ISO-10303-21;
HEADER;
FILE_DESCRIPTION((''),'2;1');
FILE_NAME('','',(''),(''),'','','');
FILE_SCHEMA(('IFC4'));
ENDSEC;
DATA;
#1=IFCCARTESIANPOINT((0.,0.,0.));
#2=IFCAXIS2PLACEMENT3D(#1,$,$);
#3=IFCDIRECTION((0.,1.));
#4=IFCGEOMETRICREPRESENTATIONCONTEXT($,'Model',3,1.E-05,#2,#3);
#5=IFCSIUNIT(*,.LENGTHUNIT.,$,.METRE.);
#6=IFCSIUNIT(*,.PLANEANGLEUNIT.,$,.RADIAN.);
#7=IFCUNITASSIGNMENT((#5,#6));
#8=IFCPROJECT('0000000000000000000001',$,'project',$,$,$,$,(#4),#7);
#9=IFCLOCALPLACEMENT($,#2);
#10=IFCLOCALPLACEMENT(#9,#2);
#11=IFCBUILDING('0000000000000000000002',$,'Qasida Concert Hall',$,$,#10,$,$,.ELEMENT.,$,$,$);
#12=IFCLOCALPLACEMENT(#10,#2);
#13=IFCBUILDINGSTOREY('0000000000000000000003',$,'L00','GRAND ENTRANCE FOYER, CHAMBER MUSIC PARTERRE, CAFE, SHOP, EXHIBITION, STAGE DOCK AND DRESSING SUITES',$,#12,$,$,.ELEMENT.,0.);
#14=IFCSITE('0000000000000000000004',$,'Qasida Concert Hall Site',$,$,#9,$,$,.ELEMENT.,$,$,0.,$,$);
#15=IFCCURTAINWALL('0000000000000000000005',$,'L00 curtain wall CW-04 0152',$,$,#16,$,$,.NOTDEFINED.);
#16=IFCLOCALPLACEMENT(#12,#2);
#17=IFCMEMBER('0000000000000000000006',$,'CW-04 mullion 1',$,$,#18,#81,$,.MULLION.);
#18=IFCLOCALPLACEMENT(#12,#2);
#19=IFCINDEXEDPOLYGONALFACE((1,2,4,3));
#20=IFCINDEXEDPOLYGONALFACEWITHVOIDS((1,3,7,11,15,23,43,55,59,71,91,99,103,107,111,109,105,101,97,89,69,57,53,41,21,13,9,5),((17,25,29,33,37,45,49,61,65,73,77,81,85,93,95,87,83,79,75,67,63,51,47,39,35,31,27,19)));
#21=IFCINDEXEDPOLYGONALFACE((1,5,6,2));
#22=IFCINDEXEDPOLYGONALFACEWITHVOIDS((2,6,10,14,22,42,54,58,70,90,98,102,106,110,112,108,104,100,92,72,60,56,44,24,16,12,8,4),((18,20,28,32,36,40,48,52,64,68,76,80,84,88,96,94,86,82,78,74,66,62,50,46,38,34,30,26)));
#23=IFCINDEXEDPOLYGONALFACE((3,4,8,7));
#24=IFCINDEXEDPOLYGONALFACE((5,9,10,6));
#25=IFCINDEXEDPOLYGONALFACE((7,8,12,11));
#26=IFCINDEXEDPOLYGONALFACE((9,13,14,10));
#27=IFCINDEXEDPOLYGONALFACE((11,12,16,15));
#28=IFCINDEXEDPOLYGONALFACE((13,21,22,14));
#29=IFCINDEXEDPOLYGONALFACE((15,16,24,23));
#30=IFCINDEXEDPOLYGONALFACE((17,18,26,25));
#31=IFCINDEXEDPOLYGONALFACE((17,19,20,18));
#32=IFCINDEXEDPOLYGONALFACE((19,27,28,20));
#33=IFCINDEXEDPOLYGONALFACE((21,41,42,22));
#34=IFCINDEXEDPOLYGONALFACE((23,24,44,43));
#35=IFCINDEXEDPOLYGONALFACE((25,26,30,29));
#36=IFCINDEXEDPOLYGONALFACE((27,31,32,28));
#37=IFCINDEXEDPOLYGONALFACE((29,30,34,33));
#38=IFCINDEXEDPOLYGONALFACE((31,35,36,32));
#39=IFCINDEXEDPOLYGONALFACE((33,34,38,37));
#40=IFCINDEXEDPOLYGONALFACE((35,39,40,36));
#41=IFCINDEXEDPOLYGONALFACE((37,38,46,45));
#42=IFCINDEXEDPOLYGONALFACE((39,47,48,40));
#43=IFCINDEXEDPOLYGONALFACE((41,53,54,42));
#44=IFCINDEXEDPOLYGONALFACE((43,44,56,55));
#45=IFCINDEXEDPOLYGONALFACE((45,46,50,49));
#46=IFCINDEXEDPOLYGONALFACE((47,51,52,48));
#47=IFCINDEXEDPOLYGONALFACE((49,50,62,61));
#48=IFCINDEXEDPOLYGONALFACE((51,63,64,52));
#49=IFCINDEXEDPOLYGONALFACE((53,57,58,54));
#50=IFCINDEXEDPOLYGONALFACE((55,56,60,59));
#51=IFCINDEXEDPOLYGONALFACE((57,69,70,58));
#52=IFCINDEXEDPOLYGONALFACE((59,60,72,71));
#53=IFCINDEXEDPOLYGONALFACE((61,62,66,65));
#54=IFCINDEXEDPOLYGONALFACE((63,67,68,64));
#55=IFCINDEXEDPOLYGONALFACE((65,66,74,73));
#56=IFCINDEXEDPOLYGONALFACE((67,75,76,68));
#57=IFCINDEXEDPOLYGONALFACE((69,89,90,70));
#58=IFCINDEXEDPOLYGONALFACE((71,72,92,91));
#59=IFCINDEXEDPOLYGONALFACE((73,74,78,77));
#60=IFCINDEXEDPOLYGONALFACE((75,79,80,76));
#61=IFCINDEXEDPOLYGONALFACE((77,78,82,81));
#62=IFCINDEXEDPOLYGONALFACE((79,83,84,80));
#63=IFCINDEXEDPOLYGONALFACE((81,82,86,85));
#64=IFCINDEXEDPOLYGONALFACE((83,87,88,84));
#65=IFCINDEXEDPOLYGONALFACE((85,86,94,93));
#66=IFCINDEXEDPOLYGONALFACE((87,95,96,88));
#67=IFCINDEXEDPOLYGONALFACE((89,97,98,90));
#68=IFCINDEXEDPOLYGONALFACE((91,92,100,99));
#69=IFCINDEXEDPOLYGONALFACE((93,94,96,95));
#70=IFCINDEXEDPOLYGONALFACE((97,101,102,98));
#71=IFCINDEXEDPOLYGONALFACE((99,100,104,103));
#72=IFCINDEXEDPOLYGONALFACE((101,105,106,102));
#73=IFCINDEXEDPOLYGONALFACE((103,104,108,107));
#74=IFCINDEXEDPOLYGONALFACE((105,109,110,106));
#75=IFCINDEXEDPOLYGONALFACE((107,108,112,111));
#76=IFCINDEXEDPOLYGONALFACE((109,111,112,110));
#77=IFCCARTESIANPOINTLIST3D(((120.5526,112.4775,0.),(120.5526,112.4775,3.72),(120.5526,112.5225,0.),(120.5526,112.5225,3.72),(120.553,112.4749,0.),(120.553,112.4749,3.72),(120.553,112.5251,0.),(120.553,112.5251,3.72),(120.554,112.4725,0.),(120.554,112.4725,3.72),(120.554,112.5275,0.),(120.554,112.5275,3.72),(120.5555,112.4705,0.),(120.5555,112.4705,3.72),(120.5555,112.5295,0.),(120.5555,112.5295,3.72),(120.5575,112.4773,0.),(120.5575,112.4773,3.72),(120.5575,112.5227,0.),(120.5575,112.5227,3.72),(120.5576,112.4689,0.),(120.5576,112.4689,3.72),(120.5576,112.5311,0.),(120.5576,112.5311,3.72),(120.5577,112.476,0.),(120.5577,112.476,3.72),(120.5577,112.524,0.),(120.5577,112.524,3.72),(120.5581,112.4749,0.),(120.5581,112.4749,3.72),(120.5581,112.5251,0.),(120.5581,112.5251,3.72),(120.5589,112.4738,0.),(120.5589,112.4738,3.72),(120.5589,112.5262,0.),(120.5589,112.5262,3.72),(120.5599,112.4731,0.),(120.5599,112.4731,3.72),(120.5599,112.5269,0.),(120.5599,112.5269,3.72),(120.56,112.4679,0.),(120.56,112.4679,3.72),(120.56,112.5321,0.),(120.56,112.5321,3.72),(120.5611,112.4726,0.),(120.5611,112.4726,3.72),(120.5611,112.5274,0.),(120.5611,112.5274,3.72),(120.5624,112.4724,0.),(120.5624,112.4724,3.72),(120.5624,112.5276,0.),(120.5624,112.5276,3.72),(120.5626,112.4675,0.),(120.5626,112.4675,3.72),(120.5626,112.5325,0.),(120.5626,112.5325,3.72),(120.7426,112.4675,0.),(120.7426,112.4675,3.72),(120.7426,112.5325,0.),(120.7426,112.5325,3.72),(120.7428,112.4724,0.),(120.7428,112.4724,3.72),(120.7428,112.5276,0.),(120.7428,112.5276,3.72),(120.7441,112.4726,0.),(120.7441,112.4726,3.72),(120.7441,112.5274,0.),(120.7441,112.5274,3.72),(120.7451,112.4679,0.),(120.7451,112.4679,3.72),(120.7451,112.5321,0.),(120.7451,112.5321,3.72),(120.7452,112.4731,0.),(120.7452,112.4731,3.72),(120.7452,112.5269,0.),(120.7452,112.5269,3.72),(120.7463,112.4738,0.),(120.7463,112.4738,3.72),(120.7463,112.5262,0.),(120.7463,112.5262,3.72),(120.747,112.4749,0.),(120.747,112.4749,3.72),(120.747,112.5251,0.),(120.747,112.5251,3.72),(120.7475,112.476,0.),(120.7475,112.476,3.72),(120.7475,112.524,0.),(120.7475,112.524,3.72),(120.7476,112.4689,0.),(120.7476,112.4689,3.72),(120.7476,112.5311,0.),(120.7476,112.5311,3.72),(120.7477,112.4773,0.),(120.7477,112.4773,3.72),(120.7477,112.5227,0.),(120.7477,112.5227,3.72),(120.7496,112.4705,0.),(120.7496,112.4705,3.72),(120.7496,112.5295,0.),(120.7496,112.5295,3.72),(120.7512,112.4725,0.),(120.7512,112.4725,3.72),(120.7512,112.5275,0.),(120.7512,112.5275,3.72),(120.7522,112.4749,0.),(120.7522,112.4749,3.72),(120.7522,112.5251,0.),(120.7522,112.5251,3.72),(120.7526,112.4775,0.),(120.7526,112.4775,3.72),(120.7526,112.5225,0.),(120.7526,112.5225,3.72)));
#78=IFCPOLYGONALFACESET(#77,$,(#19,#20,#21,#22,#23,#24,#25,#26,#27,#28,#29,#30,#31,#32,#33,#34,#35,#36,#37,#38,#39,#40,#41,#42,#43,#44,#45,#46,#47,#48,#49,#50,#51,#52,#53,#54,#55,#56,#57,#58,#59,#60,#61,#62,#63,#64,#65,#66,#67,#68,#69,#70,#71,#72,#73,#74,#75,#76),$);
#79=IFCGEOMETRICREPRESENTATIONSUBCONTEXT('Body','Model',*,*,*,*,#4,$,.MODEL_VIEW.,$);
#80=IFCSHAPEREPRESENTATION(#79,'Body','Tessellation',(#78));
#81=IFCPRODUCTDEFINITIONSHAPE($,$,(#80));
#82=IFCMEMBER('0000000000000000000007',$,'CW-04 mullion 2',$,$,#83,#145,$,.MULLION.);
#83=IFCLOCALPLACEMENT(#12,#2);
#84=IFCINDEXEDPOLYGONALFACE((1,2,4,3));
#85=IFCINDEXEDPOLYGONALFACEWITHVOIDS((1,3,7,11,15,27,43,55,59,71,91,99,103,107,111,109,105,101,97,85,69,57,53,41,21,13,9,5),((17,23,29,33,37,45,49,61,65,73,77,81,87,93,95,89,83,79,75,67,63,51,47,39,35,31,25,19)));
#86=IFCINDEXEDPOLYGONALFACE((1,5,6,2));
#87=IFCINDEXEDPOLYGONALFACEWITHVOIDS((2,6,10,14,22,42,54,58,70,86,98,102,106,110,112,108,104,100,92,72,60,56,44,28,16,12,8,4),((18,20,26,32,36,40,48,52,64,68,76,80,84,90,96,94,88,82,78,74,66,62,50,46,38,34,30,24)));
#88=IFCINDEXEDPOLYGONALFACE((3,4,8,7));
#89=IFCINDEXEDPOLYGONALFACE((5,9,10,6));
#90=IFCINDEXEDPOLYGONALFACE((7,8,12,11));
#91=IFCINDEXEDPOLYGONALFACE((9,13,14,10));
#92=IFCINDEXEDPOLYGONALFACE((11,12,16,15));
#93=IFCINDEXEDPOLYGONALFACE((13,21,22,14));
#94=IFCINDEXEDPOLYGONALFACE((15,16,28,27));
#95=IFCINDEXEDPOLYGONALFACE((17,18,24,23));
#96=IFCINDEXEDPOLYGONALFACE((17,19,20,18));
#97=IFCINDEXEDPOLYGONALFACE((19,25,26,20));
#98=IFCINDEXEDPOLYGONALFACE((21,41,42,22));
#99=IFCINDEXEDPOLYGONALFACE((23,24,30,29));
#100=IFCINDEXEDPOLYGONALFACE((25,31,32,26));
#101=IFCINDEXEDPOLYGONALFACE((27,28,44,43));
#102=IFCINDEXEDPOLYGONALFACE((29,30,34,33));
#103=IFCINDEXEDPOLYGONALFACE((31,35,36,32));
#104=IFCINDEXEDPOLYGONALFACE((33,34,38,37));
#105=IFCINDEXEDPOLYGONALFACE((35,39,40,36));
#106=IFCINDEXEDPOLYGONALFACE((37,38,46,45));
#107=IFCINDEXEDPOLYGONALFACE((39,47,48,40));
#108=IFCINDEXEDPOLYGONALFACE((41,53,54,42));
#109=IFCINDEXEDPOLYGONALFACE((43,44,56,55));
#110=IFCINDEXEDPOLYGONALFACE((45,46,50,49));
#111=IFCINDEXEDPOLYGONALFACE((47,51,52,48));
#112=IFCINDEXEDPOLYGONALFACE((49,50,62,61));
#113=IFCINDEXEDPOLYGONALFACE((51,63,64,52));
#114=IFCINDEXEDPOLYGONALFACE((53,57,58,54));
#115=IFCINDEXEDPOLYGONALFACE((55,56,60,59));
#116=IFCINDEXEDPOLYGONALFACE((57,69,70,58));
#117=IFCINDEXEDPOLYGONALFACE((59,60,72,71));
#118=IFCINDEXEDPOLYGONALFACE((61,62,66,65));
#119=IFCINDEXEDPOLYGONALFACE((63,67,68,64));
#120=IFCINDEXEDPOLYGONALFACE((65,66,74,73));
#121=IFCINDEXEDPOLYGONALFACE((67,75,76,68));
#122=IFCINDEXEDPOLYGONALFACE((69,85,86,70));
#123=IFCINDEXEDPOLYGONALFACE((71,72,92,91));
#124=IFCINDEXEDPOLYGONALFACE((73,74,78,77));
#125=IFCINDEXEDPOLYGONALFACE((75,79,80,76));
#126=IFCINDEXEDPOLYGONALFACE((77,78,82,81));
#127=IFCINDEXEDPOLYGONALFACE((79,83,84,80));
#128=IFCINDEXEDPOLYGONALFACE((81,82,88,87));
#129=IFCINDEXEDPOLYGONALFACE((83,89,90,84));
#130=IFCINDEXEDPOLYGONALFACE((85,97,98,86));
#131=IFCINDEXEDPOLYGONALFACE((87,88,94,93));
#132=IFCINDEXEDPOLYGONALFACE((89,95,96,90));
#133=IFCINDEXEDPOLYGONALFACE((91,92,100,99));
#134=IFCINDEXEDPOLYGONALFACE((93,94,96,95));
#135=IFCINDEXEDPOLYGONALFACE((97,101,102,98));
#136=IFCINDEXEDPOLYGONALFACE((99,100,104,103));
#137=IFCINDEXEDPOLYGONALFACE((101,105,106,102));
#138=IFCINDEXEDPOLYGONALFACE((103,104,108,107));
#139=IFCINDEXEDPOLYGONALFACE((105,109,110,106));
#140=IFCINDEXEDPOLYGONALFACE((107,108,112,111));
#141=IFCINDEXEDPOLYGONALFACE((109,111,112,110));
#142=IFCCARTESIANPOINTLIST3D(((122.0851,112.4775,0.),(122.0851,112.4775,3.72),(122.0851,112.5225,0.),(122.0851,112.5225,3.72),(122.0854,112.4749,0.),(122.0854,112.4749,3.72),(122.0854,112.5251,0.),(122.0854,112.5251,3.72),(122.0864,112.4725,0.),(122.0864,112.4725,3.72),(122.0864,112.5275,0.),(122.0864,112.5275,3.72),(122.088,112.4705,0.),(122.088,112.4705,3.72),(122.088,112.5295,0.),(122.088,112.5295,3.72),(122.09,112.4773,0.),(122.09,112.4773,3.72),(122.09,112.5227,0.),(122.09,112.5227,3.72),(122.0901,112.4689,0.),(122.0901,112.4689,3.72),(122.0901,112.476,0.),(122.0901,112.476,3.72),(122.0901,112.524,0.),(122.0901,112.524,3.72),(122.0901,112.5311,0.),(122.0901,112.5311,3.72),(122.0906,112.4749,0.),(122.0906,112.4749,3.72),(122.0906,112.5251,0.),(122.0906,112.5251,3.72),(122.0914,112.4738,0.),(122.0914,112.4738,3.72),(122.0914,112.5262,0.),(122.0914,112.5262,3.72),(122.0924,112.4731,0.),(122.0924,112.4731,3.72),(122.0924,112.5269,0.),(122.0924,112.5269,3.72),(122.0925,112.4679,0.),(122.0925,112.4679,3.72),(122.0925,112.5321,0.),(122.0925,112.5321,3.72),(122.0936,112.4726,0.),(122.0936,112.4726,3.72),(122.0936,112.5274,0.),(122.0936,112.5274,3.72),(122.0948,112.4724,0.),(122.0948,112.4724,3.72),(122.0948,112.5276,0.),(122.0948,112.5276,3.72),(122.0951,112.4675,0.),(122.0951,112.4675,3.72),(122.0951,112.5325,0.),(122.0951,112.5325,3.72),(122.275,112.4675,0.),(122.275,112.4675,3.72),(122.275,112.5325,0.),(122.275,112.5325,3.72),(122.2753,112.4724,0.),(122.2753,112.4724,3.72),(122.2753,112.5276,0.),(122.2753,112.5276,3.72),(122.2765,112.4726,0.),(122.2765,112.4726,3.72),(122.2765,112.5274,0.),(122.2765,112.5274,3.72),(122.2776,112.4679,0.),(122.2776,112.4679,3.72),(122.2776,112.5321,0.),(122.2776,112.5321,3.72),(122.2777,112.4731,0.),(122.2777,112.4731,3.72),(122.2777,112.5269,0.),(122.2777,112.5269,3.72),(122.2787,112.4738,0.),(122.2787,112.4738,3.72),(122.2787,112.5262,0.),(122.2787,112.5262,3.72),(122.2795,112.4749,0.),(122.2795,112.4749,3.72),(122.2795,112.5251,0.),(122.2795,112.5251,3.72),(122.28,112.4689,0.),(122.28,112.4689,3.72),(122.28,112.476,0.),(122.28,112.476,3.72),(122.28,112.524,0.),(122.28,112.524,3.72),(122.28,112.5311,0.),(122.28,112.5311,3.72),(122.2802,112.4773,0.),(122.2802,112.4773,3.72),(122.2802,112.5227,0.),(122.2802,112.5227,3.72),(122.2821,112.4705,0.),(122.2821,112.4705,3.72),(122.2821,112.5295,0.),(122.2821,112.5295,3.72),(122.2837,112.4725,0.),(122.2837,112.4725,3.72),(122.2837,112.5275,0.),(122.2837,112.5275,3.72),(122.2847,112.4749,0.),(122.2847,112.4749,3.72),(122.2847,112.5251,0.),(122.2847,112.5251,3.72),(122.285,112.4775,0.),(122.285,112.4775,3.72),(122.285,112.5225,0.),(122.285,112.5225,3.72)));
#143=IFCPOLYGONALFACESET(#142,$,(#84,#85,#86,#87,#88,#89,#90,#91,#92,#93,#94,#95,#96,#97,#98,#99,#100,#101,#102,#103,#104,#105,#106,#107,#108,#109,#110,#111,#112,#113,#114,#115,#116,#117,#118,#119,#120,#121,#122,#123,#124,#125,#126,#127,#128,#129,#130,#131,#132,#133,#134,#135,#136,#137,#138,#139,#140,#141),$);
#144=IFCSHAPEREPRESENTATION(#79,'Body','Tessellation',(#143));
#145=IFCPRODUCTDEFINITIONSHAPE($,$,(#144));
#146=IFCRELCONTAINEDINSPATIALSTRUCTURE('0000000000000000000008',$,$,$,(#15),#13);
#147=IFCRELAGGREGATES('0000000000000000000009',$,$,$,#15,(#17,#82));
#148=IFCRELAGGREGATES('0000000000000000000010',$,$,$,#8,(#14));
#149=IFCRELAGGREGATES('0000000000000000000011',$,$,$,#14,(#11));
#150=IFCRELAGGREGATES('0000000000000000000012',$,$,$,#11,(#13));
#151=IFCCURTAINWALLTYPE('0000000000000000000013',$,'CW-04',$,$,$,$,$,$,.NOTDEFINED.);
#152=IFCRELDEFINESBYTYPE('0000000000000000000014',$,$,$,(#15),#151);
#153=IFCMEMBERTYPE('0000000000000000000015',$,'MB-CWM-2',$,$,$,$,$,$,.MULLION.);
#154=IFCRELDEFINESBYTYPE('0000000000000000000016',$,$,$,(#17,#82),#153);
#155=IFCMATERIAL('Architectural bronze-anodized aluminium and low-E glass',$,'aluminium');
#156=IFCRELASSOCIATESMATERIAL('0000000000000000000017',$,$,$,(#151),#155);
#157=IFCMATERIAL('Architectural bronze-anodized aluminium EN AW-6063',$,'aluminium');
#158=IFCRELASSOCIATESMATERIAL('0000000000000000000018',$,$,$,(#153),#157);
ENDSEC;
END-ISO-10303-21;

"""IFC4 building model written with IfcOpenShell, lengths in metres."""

from ifc_helpers import new_model, si_unit, direction, frame, origin, origin_2d, place, context, subcontext, project, spatial, hollow_rectangle, extrude, material, material_profile, profile_set, type_object, element, aggregate, save


model = new_model("IFC4")

# Units and contexts
model_context = context("Model", 3, precision=1e-05, world=origin(), true_north=direction((0.0, 1.0)))
body_context = subcontext(model_context, "Body", "Model", "MODEL_VIEW")
ifc_project = project(units=[si_unit("LENGTHUNIT", "METRE"), si_unit("PLANEANGLEUNIT", "RADIAN")], contexts=[model_context])

# Site, building, storey
site_placement = place(None, origin())
site = spatial("IfcSite", under=ifc_project, at=site_placement, Name="Qasida Concert Hall Site", CompositionType="ELEMENT", RefElevation=0.0)
building_placement = place(site_placement, origin())
building = spatial("IfcBuilding", under=site, at=building_placement, Name="Qasida Concert Hall", CompositionType="ELEMENT")
storey_placement = place(building_placement, origin())
storey = spatial("IfcBuildingStorey", under=building, at=storey_placement, Name="L00", Description="GRAND ENTRANCE FOYER, CHAMBER MUSIC PARTERRE, CAFE, SHOP, EXHIBITION, STAGE DOCK AND DRESSING SUITES", CompositionType="ELEMENT", Elevation=0.0)

# Curtain wall, members
ifc_material_1 = material(Name="Architectural bronze-anodized aluminium and low-E glass", Category="aluminium")
curtain_wall_type_1 = type_object("IfcCurtainWallType", Name="CW-04", PredefinedType="NOTDEFINED", material=ifc_material_1)
curtain_wall_1_placement = place(storey_placement, origin())
curtain_wall_1 = element("IfcCurtainWall", 1, at=curtain_wall_1_placement, inside=storey, type_object=curtain_wall_type_1, Name="L00 curtain wall CW-04 0152", PredefinedType="NOTDEFINED")
ifc_material_2 = material(Name="Architectural bronze-anodized aluminium EN AW-6063", Category="aluminium")
ifc_material_profile_1 = material_profile(ifc_material_2, hollow_rectangle(XDim=0.0649, YDim=0.2, WallThickness=0.0049, InnerFilletRadius=0.0049, OuterFilletRadius=0.01, at=origin_2d()), Name="CWM 200x65x5")
ifc_profile_set_1 = profile_set([ifc_material_profile_1], Name="Architectural bronze-anodized aluminium EN AW-6063")
member_type_1 = type_object("IfcMemberType", Name="MB-CWM-2", PredefinedType="MULLION", material=ifc_profile_set_1)
member_1_placement = place(storey_placement, frame((120.6526, 112.5, 0.0), z_axis=(0.0, 0.0, 1.0), x_axis=(0.0, 1.0, 0.0)))
member_1 = element("IfcMember", 2, at=member_1_placement, type_object=member_type_1, Name="CW-04 mullion 1", PredefinedType="MULLION", context=body_context, shape_type="SweptSolid", body=[
    extrude(hollow_rectangle(XDim=0.0649, YDim=0.2, WallThickness=0.0049, InnerFilletRadius=0.0049, OuterFilletRadius=0.01, at=origin_2d()), origin(), (0.0, 0.0, 1.0), 3.72),
])
member_2_placement = place(storey_placement, frame((122.1851, 112.5, 0.0), z_axis=(0.0, 0.0, 1.0), x_axis=(0.0, 1.0, 0.0)))
member_2 = element("IfcMember", 3, at=member_2_placement, type_object=member_type_1, Name="CW-04 mullion 2", PredefinedType="MULLION", context=body_context, shape_type="SweptSolid", body=[
    extrude(hollow_rectangle(XDim=0.0649, YDim=0.2, WallThickness=0.0049, InnerFilletRadius=0.0049, OuterFilletRadius=0.01, at=origin_2d()), origin(), (0.0, 0.0, 1.0), 3.72),
])

aggregate(curtain_wall_1, [member_1, member_2])

save(model, "model.ifc")
